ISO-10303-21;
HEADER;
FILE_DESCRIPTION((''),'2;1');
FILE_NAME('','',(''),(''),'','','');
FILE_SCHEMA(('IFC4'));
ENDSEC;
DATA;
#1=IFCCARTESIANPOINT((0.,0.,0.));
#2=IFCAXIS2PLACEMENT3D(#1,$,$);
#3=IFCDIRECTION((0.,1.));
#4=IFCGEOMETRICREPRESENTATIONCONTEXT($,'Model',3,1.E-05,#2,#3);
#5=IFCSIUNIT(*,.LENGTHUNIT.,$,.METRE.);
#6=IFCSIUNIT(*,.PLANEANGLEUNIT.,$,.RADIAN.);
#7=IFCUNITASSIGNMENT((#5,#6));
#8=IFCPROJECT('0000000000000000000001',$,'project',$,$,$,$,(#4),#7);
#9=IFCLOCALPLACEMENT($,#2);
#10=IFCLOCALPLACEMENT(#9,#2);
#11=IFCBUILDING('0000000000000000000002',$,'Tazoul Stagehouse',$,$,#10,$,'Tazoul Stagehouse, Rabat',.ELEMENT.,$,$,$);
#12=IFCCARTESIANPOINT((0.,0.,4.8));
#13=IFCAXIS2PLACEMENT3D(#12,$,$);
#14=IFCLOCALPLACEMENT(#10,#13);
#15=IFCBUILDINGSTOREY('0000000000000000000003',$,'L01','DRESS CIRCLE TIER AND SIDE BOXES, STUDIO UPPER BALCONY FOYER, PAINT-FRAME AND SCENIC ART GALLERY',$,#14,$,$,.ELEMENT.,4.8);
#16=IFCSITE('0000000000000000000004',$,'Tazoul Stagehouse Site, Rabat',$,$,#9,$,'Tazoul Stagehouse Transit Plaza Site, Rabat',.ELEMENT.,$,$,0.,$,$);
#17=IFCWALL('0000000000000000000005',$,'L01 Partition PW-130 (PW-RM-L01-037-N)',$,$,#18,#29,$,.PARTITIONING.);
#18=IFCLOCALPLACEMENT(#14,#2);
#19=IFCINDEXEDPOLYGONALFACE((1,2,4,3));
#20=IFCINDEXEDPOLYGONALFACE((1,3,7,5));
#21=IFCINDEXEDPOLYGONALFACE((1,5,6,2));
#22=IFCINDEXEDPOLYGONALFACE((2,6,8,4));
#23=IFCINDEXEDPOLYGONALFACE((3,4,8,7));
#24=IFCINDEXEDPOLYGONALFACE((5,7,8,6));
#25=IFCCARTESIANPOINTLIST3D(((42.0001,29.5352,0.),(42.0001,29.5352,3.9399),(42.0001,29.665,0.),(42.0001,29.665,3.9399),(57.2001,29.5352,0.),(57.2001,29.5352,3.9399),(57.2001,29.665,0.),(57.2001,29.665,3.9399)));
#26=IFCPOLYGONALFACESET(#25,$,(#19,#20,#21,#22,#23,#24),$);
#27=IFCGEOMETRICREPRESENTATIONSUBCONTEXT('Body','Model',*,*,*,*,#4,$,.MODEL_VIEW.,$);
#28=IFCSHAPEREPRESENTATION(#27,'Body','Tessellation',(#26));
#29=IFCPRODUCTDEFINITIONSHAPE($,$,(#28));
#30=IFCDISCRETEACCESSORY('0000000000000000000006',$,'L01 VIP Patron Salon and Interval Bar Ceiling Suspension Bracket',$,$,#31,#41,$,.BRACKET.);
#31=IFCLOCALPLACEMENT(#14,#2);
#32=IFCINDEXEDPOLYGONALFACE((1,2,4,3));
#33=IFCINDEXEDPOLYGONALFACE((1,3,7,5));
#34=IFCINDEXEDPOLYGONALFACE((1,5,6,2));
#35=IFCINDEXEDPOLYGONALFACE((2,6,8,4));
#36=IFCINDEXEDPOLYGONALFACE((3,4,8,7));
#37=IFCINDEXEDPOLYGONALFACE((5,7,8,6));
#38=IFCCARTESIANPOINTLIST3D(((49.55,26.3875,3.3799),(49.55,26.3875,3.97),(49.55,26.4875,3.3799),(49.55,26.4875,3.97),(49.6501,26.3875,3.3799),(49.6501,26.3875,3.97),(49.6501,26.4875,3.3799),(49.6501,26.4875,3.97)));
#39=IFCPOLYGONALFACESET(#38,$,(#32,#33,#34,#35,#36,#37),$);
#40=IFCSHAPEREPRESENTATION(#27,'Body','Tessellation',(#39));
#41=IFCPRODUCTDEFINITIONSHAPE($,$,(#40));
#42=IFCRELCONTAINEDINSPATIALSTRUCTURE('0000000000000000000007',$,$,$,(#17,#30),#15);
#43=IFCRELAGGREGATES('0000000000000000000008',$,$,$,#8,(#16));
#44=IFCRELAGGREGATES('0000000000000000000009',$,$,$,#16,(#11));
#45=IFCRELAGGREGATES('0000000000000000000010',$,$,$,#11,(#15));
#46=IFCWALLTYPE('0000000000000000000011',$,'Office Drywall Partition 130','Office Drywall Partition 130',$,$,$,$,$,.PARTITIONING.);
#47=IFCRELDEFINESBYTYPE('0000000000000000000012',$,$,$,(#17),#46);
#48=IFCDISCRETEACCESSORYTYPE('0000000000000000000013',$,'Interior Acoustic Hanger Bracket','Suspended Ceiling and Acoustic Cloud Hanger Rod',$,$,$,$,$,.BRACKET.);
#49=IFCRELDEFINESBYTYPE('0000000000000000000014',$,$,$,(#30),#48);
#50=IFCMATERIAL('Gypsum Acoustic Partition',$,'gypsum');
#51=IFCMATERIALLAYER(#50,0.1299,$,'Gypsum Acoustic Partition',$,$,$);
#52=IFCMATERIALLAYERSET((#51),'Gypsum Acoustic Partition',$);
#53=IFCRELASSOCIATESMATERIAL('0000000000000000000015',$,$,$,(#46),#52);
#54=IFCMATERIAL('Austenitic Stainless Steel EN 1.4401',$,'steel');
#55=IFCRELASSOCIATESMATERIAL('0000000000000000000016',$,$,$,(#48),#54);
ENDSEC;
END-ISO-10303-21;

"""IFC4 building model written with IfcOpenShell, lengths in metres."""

from ifc_helpers import new_model, si_unit, direction, frame, frame_2d, origin, origin_2d, place, context, subcontext, project, spatial, rectangle, extrude, material, layer, layer_set, type_object, element, save


model = new_model("IFC4")

# Units and contexts
model_context = context("Model", 3, precision=1e-05, world=origin(), true_north=direction((0.0, 1.0)))
body_context = subcontext(model_context, "Body", "Model", "MODEL_VIEW")
ifc_project = project(units=[si_unit("LENGTHUNIT", "METRE"), si_unit("PLANEANGLEUNIT", "RADIAN")], contexts=[model_context])

# Site, building, storey
site_placement = place(None, origin())
building_placement = place(site_placement, origin())
storey_placement = place(building_placement, frame((0.0, 0.0, 4.8)))
site = spatial("IfcSite", under=ifc_project, at=site_placement, Name="Tazoul Stagehouse Site, Rabat", LongName="Tazoul Stagehouse Transit Plaza Site, Rabat", CompositionType="ELEMENT", RefElevation=0.0)
building = spatial("IfcBuilding", under=site, at=building_placement, Name="Tazoul Stagehouse", LongName="Tazoul Stagehouse, Rabat", CompositionType="ELEMENT")
storey = spatial("IfcBuildingStorey", under=building, at=storey_placement, Name="L01", Description="DRESS CIRCLE TIER AND SIDE BOXES, STUDIO UPPER BALCONY FOYER, PAINT-FRAME AND SCENIC ART GALLERY", CompositionType="ELEMENT", Elevation=4.8)

# Wall
ifc_material_1 = material(Name="Gypsum Acoustic Partition", Category="gypsum")
ifc_layer_1 = layer(ifc_material_1, 0.1299, Name="Gypsum Acoustic Partition")
ifc_layer_set_1 = layer_set([ifc_layer_1], Name="Gypsum Acoustic Partition")
wall_type = type_object("IfcWallType", Name="Office Drywall Partition 130", Description="Office Drywall Partition 130", PredefinedType="PARTITIONING", material=ifc_layer_set_1)
wall_placement = place(storey_placement, frame((42.0, 29.6001, 0.0), z_axis=(0.0, 0.0, 1.0), x_axis=(1.0, 0.0, 0.0)))
element("IfcWall", 1, at=wall_placement, inside=storey, type_object=wall_type, Name="L01 Partition PW-130 (PW-RM-L01-037-N)", PredefinedType="PARTITIONING", context=body_context, shape_type="SweptSolid", body=[
    extrude(rectangle(XDim=15.2, YDim=0.1299, at=frame_2d((7.6001, 0.0))), origin(), (0.0, 0.0, 1.0), 3.9399),
])

# Discrete accessory
ifc_material_2 = material(Name="Austenitic Stainless Steel EN 1.4401", Category="steel")
discrete_accessory_type = type_object("IfcDiscreteAccessoryType", Name="Interior Acoustic Hanger Bracket", Description="Suspended Ceiling and Acoustic Cloud Hanger Rod", PredefinedType="BRACKET", material=ifc_material_2)
discrete_accessory_placement = place(storey_placement, frame((49.6001, 26.4375, 3.3799), z_axis=(0.0, 0.0, 1.0), x_axis=(1.0, 0.0, 0.0)))
element("IfcDiscreteAccessory", 2, at=discrete_accessory_placement, inside=storey, type_object=discrete_accessory_type, Name="L01 VIP Patron Salon and Interval Bar Ceiling Suspension Bracket", PredefinedType="BRACKET", context=body_context, shape_type="SweptSolid", body=[
    extrude(rectangle(XDim=0.1001, YDim=0.1001, at=origin_2d()), origin(), (0.0, 0.0, 1.0), 0.5901),
])

save(model, "model.ifc")
